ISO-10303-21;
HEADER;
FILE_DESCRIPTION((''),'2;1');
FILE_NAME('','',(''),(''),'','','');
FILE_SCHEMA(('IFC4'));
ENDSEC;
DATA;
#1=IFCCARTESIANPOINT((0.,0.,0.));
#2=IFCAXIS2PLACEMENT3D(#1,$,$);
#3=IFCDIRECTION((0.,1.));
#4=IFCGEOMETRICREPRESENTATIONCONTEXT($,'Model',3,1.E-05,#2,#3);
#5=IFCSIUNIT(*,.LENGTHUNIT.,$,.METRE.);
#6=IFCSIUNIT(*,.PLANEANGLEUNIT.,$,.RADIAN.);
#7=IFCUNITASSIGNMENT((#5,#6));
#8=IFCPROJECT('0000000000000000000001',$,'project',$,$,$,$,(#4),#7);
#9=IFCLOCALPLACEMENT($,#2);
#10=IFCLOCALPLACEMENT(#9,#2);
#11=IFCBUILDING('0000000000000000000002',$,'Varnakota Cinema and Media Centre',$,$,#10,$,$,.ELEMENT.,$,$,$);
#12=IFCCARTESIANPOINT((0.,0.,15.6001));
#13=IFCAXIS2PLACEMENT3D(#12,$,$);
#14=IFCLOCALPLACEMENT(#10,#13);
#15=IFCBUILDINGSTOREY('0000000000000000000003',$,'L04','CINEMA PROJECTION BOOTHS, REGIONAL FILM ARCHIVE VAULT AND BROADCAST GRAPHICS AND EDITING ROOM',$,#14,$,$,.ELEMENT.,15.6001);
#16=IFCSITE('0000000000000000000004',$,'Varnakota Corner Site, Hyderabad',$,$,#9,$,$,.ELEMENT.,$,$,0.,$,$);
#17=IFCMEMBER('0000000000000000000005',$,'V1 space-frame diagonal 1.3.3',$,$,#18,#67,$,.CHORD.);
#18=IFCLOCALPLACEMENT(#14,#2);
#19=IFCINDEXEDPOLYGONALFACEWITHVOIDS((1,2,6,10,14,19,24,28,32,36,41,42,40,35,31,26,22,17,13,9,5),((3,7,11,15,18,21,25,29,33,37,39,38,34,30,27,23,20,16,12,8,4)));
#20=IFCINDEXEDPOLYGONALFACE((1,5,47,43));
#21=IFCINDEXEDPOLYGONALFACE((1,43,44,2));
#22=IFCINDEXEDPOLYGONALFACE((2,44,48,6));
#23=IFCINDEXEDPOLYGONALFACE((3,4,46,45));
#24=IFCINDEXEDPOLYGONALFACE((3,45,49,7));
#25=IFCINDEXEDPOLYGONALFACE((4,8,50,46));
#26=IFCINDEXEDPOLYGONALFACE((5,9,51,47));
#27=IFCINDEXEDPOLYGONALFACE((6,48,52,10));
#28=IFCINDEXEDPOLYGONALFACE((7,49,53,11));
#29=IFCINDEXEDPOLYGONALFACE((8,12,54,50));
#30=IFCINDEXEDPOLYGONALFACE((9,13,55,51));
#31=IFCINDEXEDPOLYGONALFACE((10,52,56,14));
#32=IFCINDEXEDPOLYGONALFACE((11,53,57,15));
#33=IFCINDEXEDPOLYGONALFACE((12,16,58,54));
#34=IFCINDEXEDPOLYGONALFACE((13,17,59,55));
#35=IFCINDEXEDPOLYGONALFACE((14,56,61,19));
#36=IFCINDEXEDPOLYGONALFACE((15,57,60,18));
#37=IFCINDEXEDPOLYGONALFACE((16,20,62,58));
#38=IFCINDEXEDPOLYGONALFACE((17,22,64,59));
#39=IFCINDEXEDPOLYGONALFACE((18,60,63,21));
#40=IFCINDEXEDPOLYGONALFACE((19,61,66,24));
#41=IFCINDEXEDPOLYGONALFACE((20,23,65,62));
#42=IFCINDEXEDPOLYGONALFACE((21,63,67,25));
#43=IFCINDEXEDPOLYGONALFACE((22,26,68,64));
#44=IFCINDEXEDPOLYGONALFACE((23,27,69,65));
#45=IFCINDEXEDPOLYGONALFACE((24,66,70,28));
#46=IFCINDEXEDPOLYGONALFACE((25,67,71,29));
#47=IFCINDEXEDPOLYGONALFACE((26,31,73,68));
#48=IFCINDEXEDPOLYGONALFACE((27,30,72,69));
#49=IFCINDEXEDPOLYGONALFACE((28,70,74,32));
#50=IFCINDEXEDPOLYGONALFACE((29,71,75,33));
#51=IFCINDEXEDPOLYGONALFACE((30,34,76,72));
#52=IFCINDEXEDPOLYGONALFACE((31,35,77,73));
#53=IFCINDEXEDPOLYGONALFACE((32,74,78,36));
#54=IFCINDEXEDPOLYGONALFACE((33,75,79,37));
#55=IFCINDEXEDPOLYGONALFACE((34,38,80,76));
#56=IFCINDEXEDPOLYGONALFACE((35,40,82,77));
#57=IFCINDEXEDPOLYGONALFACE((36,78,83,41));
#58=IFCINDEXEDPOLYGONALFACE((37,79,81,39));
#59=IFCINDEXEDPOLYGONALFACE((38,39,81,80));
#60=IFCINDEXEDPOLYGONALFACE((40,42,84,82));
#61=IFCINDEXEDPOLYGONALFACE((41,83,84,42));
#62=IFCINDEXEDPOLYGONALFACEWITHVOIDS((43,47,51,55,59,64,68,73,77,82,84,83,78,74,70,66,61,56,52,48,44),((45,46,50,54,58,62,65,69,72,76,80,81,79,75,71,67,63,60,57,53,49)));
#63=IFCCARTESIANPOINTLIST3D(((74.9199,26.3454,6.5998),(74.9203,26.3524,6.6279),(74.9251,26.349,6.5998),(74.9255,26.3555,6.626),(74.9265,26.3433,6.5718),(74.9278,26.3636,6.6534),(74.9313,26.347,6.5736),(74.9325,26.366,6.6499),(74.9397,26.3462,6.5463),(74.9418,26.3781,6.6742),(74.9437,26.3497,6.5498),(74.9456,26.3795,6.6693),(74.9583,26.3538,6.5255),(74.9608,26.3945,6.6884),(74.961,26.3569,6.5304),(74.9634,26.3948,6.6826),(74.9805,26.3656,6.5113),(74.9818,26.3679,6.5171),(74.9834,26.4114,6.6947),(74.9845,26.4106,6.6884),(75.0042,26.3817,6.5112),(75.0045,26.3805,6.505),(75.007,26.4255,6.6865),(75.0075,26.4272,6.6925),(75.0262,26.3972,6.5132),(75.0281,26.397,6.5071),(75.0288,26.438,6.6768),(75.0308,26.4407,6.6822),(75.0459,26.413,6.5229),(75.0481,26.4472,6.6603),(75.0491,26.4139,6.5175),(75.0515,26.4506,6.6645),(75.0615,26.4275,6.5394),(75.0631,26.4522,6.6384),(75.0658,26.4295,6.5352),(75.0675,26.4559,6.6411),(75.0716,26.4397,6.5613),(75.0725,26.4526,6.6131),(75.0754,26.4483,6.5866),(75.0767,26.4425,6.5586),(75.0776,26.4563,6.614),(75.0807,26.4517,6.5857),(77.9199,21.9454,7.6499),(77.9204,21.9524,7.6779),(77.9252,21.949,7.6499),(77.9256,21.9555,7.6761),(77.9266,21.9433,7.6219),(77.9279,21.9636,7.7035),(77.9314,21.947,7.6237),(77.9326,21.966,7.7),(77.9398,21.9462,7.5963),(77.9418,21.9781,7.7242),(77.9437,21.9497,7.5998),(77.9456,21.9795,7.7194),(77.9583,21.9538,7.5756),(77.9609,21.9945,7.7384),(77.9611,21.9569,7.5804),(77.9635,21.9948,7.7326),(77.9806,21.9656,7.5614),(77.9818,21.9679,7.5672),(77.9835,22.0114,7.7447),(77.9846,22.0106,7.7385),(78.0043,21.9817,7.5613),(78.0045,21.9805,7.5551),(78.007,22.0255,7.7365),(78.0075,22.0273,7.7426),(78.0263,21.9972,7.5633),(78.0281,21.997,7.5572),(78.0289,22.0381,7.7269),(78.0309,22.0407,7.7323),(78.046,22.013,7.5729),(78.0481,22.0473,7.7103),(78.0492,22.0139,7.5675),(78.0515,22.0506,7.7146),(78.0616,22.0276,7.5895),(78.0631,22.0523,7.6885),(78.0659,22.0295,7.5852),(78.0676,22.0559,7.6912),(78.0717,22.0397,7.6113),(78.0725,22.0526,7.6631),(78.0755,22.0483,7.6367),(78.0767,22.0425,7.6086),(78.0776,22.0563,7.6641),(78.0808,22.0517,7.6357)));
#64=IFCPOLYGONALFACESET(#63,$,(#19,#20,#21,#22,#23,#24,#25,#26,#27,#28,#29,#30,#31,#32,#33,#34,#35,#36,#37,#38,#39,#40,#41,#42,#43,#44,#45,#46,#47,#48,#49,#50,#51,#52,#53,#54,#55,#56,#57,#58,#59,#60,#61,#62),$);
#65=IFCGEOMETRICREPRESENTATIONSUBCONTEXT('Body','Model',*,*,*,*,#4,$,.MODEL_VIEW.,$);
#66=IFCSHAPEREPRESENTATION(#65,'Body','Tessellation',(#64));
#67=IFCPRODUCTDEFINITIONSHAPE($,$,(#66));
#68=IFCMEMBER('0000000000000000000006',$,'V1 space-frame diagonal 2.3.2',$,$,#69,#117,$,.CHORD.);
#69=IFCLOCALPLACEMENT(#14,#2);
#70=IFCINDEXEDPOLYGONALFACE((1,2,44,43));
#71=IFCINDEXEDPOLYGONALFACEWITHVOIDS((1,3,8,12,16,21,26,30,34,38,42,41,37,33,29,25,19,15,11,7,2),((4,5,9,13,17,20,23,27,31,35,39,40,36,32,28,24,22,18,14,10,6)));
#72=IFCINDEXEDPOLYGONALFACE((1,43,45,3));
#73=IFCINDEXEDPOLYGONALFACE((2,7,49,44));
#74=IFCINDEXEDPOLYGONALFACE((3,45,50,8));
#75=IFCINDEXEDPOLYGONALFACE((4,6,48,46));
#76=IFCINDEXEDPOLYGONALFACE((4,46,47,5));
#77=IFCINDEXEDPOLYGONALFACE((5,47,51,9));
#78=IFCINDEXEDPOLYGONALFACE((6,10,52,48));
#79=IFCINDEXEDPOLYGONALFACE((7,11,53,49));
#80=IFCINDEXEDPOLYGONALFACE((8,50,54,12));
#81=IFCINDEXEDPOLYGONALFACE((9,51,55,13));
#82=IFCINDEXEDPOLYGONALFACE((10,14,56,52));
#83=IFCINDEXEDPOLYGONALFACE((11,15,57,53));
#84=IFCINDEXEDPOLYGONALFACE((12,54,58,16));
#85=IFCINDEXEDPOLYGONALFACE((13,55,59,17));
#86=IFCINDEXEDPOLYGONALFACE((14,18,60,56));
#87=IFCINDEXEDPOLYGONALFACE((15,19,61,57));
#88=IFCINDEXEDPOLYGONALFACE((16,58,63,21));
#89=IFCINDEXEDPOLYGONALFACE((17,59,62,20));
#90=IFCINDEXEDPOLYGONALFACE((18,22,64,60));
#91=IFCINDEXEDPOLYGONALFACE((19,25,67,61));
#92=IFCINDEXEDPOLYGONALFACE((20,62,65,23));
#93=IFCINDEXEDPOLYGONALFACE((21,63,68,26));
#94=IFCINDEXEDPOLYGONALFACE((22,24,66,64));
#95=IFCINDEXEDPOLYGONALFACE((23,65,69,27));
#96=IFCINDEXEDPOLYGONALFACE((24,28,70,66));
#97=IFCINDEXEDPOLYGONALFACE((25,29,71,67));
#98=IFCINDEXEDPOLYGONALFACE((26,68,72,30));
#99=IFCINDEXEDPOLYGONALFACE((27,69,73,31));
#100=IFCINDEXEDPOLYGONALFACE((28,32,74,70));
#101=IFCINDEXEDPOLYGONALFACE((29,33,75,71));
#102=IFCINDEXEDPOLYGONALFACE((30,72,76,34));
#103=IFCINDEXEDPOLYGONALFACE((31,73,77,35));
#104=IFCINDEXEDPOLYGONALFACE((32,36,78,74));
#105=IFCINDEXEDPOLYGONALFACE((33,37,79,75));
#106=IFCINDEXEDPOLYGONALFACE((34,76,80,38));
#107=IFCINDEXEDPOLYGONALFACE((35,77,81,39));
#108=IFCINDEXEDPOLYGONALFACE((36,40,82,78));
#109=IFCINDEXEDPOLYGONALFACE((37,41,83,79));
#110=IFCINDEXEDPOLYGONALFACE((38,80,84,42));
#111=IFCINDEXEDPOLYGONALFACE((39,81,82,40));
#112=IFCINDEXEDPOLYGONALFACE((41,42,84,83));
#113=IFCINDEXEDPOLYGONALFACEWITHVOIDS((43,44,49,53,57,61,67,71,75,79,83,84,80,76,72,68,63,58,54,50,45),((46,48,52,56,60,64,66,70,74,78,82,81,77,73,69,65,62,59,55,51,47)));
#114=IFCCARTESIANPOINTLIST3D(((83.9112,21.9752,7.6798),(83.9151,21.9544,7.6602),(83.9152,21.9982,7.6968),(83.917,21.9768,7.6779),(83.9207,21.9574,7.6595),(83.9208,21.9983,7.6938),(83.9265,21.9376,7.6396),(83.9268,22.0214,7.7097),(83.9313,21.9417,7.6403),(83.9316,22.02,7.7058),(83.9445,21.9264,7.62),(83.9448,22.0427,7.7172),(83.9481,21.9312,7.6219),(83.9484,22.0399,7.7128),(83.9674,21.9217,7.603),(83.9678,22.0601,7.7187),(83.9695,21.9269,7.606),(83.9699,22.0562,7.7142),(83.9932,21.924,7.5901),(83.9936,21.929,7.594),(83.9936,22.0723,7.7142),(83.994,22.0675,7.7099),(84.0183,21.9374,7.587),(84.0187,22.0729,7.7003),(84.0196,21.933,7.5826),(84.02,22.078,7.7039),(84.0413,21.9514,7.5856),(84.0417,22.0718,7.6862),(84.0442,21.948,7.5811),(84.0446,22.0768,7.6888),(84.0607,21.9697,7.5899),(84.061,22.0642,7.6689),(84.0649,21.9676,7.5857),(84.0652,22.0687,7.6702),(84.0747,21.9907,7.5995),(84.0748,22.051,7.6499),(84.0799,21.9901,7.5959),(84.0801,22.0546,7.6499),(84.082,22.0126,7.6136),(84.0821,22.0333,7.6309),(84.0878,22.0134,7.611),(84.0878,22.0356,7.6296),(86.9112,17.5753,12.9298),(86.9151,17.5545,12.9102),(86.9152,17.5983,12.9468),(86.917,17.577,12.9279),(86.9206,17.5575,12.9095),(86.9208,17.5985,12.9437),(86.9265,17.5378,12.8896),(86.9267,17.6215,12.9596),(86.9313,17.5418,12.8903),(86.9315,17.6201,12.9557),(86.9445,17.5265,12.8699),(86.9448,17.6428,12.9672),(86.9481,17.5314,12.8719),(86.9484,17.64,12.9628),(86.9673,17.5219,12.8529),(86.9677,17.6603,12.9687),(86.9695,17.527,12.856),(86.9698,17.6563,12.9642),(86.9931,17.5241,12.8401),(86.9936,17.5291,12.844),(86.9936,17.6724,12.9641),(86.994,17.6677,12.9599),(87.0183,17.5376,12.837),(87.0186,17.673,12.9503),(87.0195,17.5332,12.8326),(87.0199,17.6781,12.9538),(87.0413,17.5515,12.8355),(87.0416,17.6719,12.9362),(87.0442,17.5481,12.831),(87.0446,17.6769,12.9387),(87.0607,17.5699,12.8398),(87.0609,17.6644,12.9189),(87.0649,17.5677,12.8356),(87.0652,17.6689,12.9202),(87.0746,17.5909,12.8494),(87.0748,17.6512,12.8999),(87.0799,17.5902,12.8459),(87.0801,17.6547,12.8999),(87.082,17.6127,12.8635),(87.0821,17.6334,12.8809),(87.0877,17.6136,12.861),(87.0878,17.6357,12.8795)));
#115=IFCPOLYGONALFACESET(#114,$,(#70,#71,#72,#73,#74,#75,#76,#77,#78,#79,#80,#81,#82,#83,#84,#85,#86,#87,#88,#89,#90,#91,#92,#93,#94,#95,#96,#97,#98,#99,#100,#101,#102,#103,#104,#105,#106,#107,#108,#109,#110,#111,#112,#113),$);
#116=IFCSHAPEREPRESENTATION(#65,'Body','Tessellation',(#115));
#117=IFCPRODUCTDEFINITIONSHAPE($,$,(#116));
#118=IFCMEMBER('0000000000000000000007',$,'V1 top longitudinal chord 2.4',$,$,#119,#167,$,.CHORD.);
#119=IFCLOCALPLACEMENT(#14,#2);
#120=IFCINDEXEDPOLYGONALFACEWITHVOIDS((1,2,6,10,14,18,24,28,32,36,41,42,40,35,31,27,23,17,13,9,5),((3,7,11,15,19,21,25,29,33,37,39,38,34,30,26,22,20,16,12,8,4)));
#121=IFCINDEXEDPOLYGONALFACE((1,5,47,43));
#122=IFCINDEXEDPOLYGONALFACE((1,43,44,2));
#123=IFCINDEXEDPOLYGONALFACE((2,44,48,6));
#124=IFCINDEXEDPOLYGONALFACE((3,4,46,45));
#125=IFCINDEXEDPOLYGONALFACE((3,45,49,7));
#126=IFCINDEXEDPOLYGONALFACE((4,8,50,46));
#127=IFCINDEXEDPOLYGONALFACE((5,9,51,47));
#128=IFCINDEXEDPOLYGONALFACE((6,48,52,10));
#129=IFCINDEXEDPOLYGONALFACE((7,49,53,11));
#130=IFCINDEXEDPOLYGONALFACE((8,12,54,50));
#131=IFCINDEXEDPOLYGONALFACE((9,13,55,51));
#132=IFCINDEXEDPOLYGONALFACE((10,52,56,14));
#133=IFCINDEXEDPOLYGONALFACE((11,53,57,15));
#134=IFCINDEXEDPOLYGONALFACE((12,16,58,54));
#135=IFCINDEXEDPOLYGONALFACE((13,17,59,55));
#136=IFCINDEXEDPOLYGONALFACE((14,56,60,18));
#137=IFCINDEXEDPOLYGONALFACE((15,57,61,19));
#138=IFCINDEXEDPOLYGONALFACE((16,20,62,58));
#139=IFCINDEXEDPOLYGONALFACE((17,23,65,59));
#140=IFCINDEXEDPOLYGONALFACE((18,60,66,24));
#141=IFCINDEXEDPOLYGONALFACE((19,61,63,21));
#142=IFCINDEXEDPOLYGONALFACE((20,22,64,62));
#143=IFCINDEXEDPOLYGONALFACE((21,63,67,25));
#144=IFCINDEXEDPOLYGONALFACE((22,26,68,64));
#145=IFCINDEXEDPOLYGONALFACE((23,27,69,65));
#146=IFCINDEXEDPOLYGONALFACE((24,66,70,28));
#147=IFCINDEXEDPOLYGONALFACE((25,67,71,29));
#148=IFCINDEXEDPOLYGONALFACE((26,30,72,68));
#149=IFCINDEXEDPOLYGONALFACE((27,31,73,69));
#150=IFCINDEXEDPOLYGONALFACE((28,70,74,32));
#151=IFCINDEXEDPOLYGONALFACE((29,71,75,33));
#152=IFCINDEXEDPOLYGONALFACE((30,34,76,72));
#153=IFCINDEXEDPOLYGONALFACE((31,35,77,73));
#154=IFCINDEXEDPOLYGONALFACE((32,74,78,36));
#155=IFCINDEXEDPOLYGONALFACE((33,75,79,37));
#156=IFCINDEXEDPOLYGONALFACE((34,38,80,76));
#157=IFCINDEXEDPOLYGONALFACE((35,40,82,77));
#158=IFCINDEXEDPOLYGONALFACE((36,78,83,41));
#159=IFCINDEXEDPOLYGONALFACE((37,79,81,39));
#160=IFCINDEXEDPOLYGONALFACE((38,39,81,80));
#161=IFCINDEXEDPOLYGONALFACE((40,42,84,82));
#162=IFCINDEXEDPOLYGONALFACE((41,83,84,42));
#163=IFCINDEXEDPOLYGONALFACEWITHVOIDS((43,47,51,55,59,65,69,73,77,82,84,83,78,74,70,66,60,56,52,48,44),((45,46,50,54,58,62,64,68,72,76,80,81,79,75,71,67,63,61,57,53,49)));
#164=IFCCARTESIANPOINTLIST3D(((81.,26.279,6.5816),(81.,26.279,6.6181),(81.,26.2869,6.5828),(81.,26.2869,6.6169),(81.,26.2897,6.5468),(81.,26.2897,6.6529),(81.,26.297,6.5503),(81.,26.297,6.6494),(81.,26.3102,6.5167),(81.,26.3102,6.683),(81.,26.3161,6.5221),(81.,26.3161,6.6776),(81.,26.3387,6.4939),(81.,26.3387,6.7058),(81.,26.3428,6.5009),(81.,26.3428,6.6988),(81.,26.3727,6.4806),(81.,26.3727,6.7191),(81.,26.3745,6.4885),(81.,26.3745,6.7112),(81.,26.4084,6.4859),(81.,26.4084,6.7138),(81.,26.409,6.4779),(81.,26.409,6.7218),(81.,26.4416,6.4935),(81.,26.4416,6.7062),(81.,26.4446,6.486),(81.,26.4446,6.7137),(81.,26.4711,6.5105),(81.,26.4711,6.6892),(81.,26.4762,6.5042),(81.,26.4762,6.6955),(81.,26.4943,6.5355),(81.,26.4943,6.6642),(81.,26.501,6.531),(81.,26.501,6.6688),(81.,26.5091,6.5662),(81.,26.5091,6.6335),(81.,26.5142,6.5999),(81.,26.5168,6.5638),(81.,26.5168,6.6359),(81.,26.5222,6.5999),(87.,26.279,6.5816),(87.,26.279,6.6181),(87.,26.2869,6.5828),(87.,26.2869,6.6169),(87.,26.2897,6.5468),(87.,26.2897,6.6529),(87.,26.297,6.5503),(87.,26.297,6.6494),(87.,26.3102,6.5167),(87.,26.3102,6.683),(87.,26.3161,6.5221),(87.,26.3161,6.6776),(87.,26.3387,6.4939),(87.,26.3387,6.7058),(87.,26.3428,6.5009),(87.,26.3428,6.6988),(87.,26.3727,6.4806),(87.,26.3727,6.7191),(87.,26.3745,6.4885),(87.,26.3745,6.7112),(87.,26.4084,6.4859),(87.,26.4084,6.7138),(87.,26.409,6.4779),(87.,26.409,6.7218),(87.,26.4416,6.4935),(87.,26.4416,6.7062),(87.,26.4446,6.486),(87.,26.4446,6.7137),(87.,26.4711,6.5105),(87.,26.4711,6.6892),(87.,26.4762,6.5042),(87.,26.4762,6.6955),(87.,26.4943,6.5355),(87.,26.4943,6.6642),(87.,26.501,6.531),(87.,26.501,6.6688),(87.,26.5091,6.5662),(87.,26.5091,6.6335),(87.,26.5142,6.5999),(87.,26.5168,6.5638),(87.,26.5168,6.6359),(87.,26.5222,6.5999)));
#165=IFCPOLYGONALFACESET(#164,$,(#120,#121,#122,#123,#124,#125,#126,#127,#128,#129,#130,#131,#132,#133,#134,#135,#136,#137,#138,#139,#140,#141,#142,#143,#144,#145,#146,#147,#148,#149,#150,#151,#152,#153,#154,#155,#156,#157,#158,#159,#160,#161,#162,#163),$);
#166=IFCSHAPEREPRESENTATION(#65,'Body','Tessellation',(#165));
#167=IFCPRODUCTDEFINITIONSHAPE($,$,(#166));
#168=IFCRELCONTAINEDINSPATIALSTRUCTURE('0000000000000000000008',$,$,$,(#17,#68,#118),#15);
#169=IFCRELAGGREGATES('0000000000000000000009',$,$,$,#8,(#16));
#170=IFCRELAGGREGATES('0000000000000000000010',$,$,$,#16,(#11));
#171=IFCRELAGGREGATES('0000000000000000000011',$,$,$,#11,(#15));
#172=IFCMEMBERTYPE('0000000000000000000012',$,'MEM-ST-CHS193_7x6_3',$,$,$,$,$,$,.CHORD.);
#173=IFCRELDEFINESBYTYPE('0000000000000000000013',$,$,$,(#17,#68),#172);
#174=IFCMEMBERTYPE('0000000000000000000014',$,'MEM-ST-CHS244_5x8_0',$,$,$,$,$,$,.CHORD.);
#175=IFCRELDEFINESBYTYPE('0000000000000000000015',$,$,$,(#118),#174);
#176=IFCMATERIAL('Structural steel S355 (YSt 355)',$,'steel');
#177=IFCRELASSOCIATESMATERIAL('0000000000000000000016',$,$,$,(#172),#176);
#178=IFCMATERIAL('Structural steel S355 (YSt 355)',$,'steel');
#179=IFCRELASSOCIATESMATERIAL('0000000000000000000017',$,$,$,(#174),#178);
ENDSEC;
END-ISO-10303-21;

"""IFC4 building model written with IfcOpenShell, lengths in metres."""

from ifc_helpers import new_model, si_unit, direction, frame, origin, origin_2d, place, context, subcontext, project, spatial, hollow_circle, extrude, material, material_profile, profile_set, type_object, element, save


model = new_model("IFC4")

# Units and contexts
model_context = context("Model", 3, precision=1e-05, world=origin(), true_north=direction((0.0, 1.0)))
body_context = subcontext(model_context, "Body", "Model", "MODEL_VIEW")
ifc_project = project(units=[si_unit("LENGTHUNIT", "METRE"), si_unit("PLANEANGLEUNIT", "RADIAN")], contexts=[model_context])

# Site, building, storey
site_placement = place(None, origin())
site = spatial("IfcSite", under=ifc_project, at=site_placement, Name="Varnakota Corner Site, Hyderabad", CompositionType="ELEMENT", RefElevation=0.0)
building_placement = place(site_placement, origin())
building = spatial("IfcBuilding", under=site, at=building_placement, Name="Varnakota Cinema and Media Centre", CompositionType="ELEMENT")
storey_placement = place(building_placement, frame((0.0, 0.0, 15.6001)))
storey = spatial("IfcBuildingStorey", under=building, at=storey_placement, Name="L04", Description="CINEMA PROJECTION BOOTHS, REGIONAL FILM ARCHIVE VAULT AND BROADCAST GRAPHICS AND EDITING ROOM", CompositionType="ELEMENT", Elevation=15.6001)

# Members
ifc_material_1 = material(Name="Structural steel S355 (YSt 355)", Category="steel")
ifc_material_profile_1 = material_profile(ifc_material_1, hollow_circle(Radius=0.0969, WallThickness=0.0063, at=origin_2d()), Name="CHS 193.7x6.3")
ifc_profile_set_1 = profile_set([ifc_material_profile_1], Name="Structural steel S355 (YSt 355)")
member_type_1 = type_object("IfcMemberType", Name="MEM-ST-CHS193_7x6_3", PredefinedType="CHORD", material=ifc_profile_set_1)
member_1_placement = place(storey_placement, frame((78.0, 22.0, 7.6499), z_axis=(-0.552703, 0.810613, -0.193455), x_axis=(-0.826222, -0.563345, 0.0)))
element("IfcMember", 1, at=member_1_placement, inside=storey, type_object=member_type_1, Name="V1 space-frame diagonal 1.3.3", PredefinedType="CHORD", context=body_context, shape_type="SweptSolid", body=[
    extrude(hollow_circle(Radius=0.0969, WallThickness=0.0063, at=origin_2d()), origin(), (0.0, 0.0, 1.0), 5.428),
])
member_2_placement = place(storey_placement, frame((84.0, 22.0, 7.6499), z_axis=(0.401173, -0.588373, 0.702052), x_axis=(0.826222, 0.563345, 0.0)))
element("IfcMember", 2, at=member_2_placement, inside=storey, type_object=member_type_1, Name="V1 space-frame diagonal 2.3.2", PredefinedType="CHORD", context=body_context, shape_type="SweptSolid", body=[
    extrude(hollow_circle(Radius=0.0969, WallThickness=0.0063, at=origin_2d()), origin(), (0.0, 0.0, 1.0), 7.478),
])
ifc_material_2 = material(Name="Structural steel S355 (YSt 355)", Category="steel")
ifc_material_profile_2 = material_profile(ifc_material_2, hollow_circle(Radius=0.1223, WallThickness=0.0081, at=origin_2d()), Name="CHS 244.5x8.0")
ifc_profile_set_2 = profile_set([ifc_material_profile_2], Name="Structural steel S355 (YSt 355)")
member_type_2 = type_object("IfcMemberType", Name="MEM-ST-CHS244_5x8_0", PredefinedType="CHORD", material=ifc_profile_set_2)
for number, where, z_axis, x_axis, name in (
    (3, (81.0, 26.3999, 6.5999), (1.0, 0.0, 0.0), (0.0, 1.0, 0.0), "V1 top longitudinal chord 2.4"),
):
    element("IfcMember", number, at=place(storey_placement, frame(where, z_axis=z_axis, x_axis=x_axis)), inside=storey, type_object=member_type_2, Name=name, PredefinedType="CHORD", context=body_context, shape_type="SweptSolid", body=[
        extrude(hollow_circle(Radius=0.1223, WallThickness=0.0081, at=origin_2d()), origin(), (0.0, 0.0, 1.0), 6.0),
    ])

save(model, "model.ifc")
